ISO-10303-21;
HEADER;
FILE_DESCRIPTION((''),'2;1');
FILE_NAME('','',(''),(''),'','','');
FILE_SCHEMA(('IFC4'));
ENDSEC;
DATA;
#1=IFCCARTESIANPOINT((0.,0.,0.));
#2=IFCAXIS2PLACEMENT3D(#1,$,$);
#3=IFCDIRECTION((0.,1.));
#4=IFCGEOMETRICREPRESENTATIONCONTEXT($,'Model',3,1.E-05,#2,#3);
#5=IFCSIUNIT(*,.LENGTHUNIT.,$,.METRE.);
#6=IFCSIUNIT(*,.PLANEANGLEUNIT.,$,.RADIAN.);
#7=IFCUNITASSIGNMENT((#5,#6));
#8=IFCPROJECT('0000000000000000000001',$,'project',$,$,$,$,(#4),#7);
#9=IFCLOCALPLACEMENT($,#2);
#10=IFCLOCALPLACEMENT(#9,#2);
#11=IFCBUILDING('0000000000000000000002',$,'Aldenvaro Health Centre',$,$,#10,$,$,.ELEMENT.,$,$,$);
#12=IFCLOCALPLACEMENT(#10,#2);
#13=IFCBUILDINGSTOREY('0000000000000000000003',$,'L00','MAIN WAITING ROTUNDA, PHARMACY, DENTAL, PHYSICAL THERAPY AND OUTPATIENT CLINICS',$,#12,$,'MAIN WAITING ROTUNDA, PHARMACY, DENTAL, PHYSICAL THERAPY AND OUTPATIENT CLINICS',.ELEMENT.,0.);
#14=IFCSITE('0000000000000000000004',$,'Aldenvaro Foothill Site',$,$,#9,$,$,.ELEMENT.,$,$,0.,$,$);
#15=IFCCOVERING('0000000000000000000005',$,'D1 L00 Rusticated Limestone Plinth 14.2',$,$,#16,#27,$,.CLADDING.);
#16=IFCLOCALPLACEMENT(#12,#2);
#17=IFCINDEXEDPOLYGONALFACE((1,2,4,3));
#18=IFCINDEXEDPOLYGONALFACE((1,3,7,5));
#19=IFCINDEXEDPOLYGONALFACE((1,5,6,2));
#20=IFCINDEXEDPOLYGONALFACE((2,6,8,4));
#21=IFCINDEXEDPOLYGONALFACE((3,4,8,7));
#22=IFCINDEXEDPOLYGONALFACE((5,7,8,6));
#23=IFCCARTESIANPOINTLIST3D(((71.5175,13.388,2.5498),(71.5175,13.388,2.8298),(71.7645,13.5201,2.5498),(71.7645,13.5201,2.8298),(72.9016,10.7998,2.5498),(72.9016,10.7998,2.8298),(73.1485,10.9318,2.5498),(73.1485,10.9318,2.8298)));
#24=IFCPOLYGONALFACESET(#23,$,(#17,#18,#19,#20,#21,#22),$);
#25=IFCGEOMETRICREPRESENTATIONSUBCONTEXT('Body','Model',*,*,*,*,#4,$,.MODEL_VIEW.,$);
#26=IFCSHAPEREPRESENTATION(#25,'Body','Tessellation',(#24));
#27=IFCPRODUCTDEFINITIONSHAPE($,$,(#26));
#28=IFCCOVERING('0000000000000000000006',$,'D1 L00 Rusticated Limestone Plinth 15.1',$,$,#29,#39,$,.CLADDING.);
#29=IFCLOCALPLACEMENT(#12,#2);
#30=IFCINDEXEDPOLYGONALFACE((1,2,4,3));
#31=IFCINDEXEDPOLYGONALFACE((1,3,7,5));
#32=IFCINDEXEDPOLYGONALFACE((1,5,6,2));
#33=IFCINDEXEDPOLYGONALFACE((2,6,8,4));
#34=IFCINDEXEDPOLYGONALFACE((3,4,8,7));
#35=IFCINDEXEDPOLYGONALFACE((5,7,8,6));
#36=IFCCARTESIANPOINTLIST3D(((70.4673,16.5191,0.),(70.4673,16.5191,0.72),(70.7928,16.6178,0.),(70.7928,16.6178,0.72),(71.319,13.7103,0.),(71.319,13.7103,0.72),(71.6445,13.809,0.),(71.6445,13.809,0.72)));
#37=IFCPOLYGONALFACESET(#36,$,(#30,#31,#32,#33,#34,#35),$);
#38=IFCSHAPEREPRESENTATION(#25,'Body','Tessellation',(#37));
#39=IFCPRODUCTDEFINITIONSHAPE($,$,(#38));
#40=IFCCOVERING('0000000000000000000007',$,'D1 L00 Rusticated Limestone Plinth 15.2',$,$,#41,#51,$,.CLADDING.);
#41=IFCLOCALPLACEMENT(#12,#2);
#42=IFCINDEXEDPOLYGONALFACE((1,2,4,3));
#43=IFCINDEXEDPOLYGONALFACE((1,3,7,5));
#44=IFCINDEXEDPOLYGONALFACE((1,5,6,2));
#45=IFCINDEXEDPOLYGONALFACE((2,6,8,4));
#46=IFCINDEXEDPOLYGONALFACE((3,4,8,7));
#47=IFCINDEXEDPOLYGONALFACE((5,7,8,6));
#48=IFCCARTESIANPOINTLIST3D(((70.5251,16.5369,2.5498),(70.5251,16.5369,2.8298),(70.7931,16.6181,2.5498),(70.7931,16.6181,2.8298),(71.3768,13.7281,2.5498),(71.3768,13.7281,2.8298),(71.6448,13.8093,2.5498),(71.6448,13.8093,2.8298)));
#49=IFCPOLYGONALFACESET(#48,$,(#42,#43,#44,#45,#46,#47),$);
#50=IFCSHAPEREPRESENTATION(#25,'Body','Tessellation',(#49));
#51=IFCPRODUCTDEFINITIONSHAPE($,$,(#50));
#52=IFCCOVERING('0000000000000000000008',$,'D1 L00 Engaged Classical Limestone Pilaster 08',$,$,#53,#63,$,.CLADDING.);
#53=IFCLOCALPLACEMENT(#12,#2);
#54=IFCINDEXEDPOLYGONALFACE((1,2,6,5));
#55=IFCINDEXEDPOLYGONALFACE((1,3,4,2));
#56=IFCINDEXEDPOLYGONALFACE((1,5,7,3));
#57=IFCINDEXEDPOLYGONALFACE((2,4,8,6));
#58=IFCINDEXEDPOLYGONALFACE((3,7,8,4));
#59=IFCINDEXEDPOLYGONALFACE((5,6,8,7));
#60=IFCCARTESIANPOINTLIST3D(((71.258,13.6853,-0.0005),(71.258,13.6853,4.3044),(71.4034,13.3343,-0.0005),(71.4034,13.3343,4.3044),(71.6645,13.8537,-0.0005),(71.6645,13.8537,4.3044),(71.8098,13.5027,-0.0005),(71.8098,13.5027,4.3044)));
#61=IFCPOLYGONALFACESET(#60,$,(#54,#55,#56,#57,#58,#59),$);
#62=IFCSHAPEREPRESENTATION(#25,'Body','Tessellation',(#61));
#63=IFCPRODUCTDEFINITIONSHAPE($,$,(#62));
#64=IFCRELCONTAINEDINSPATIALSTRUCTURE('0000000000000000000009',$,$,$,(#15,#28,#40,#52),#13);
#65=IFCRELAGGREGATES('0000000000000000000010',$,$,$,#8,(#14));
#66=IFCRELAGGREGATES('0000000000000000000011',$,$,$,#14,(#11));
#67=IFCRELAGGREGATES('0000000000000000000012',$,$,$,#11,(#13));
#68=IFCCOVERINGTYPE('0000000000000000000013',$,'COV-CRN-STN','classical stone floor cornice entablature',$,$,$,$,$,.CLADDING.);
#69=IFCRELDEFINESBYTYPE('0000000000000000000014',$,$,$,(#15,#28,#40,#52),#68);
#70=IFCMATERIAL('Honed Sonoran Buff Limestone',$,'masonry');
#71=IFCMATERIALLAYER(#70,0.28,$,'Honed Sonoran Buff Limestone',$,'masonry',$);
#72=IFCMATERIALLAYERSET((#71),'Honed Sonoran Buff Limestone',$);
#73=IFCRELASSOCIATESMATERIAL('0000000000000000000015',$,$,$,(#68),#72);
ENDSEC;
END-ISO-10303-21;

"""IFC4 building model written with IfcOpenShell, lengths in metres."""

from ifc_helpers import new_model, si_unit, direction, frame, origin, origin_2d, place, context, subcontext, project, spatial, rectangle, extrude, material, layer, layer_set, type_object, element, save


model = new_model("IFC4")

# Units and contexts
model_context = context("Model", 3, precision=1e-05, world=origin(), true_north=direction((0.0, 1.0)))
body_context = subcontext(model_context, "Body", "Model", "MODEL_VIEW")
ifc_project = project(units=[si_unit("LENGTHUNIT", "METRE"), si_unit("PLANEANGLEUNIT", "RADIAN")], contexts=[model_context])

# Site, building, storey
site_placement = place(None, origin())
site = spatial("IfcSite", under=ifc_project, at=site_placement, Name="Aldenvaro Foothill Site", CompositionType="ELEMENT", RefElevation=0.0)
building_placement = place(site_placement, origin())
building = spatial("IfcBuilding", under=site, at=building_placement, Name="Aldenvaro Health Centre", CompositionType="ELEMENT")
storey_placement = place(building_placement, origin())
storey = spatial("IfcBuildingStorey", under=building, at=storey_placement, Name="L00", Description="MAIN WAITING ROTUNDA, PHARMACY, DENTAL, PHYSICAL THERAPY AND OUTPATIENT CLINICS", LongName="MAIN WAITING ROTUNDA, PHARMACY, DENTAL, PHYSICAL THERAPY AND OUTPATIENT CLINICS", CompositionType="ELEMENT", Elevation=0.0)

# Coverings
ifc_material_1 = material(Name="Honed Sonoran Buff Limestone", Category="masonry")
ifc_layer_1 = layer(ifc_material_1, 0.28, Name="Honed Sonoran Buff Limestone", Category="masonry")
ifc_layer_set_1 = layer_set([ifc_layer_1], Name="Honed Sonoran Buff Limestone")
covering_type = type_object("IfcCoveringType", Name="COV-CRN-STN", Description="classical stone floor cornice entablature", PredefinedType="CLADDING", material=ifc_layer_set_1)
covering_1_placement = place(storey_placement, frame((72.333, 12.1599, 2.5498), z_axis=(0.0, 0.0, 1.0), x_axis=(-0.471557, 0.881836, 0.0)))
element("IfcCovering", 1, at=covering_1_placement, inside=storey, type_object=covering_type, Name="D1 L00 Rusticated Limestone Plinth 14.2", PredefinedType="CLADDING", context=body_context, shape_type="SweptSolid", body=[
    extrude(rectangle(XDim=2.9351, YDim=0.28, at=origin_2d()), origin(), (0.0, 0.0, 1.0), 0.28),
])
covering_2_placement = place(storey_placement, frame((71.0559, 15.1641, 0.0), z_axis=(0.0, 0.0, 1.0), x_axis=(-0.290171, 0.956975, 0.0)))
element("IfcCovering", 2, at=covering_2_placement, inside=storey, type_object=covering_type, Name="D1 L00 Rusticated Limestone Plinth 15.1", PredefinedType="CLADDING", context=body_context, shape_type="SweptSolid", body=[
    extrude(rectangle(XDim=2.9351, YDim=0.3401, at=origin_2d()), origin(), (0.0, 0.0, 1.0), 0.72),
])
covering_3_placement = place(storey_placement, frame((71.085, 15.1731, 2.5498), z_axis=(0.0, 0.0, 1.0), x_axis=(-0.290171, 0.956975, 0.0)))
element("IfcCovering", 3, at=covering_3_placement, inside=storey, type_object=covering_type, Name="D1 L00 Rusticated Limestone Plinth 15.2", PredefinedType="CLADDING", context=body_context, shape_type="SweptSolid", body=[
    extrude(rectangle(XDim=2.9351, YDim=0.28, at=origin_2d()), origin(), (0.0, 0.0, 1.0), 0.28),
])
covering_4_placement = place(storey_placement, frame((71.5339, 13.594, -0.0005), z_axis=(0.0, 0.0, 1.0), x_axis=(-0.923883, -0.382675, 0.0)))
element("IfcCovering", 4, at=covering_4_placement, inside=storey, type_object=covering_type, Name="D1 L00 Engaged Classical Limestone Pilaster 08", PredefinedType="CLADDING", context=body_context, shape_type="SweptSolid", body=[
    extrude(rectangle(XDim=0.4399, YDim=0.3799, at=origin_2d()), origin(), (0.0, 0.0, 1.0), 4.3049),
])

save(model, "model.ifc")
